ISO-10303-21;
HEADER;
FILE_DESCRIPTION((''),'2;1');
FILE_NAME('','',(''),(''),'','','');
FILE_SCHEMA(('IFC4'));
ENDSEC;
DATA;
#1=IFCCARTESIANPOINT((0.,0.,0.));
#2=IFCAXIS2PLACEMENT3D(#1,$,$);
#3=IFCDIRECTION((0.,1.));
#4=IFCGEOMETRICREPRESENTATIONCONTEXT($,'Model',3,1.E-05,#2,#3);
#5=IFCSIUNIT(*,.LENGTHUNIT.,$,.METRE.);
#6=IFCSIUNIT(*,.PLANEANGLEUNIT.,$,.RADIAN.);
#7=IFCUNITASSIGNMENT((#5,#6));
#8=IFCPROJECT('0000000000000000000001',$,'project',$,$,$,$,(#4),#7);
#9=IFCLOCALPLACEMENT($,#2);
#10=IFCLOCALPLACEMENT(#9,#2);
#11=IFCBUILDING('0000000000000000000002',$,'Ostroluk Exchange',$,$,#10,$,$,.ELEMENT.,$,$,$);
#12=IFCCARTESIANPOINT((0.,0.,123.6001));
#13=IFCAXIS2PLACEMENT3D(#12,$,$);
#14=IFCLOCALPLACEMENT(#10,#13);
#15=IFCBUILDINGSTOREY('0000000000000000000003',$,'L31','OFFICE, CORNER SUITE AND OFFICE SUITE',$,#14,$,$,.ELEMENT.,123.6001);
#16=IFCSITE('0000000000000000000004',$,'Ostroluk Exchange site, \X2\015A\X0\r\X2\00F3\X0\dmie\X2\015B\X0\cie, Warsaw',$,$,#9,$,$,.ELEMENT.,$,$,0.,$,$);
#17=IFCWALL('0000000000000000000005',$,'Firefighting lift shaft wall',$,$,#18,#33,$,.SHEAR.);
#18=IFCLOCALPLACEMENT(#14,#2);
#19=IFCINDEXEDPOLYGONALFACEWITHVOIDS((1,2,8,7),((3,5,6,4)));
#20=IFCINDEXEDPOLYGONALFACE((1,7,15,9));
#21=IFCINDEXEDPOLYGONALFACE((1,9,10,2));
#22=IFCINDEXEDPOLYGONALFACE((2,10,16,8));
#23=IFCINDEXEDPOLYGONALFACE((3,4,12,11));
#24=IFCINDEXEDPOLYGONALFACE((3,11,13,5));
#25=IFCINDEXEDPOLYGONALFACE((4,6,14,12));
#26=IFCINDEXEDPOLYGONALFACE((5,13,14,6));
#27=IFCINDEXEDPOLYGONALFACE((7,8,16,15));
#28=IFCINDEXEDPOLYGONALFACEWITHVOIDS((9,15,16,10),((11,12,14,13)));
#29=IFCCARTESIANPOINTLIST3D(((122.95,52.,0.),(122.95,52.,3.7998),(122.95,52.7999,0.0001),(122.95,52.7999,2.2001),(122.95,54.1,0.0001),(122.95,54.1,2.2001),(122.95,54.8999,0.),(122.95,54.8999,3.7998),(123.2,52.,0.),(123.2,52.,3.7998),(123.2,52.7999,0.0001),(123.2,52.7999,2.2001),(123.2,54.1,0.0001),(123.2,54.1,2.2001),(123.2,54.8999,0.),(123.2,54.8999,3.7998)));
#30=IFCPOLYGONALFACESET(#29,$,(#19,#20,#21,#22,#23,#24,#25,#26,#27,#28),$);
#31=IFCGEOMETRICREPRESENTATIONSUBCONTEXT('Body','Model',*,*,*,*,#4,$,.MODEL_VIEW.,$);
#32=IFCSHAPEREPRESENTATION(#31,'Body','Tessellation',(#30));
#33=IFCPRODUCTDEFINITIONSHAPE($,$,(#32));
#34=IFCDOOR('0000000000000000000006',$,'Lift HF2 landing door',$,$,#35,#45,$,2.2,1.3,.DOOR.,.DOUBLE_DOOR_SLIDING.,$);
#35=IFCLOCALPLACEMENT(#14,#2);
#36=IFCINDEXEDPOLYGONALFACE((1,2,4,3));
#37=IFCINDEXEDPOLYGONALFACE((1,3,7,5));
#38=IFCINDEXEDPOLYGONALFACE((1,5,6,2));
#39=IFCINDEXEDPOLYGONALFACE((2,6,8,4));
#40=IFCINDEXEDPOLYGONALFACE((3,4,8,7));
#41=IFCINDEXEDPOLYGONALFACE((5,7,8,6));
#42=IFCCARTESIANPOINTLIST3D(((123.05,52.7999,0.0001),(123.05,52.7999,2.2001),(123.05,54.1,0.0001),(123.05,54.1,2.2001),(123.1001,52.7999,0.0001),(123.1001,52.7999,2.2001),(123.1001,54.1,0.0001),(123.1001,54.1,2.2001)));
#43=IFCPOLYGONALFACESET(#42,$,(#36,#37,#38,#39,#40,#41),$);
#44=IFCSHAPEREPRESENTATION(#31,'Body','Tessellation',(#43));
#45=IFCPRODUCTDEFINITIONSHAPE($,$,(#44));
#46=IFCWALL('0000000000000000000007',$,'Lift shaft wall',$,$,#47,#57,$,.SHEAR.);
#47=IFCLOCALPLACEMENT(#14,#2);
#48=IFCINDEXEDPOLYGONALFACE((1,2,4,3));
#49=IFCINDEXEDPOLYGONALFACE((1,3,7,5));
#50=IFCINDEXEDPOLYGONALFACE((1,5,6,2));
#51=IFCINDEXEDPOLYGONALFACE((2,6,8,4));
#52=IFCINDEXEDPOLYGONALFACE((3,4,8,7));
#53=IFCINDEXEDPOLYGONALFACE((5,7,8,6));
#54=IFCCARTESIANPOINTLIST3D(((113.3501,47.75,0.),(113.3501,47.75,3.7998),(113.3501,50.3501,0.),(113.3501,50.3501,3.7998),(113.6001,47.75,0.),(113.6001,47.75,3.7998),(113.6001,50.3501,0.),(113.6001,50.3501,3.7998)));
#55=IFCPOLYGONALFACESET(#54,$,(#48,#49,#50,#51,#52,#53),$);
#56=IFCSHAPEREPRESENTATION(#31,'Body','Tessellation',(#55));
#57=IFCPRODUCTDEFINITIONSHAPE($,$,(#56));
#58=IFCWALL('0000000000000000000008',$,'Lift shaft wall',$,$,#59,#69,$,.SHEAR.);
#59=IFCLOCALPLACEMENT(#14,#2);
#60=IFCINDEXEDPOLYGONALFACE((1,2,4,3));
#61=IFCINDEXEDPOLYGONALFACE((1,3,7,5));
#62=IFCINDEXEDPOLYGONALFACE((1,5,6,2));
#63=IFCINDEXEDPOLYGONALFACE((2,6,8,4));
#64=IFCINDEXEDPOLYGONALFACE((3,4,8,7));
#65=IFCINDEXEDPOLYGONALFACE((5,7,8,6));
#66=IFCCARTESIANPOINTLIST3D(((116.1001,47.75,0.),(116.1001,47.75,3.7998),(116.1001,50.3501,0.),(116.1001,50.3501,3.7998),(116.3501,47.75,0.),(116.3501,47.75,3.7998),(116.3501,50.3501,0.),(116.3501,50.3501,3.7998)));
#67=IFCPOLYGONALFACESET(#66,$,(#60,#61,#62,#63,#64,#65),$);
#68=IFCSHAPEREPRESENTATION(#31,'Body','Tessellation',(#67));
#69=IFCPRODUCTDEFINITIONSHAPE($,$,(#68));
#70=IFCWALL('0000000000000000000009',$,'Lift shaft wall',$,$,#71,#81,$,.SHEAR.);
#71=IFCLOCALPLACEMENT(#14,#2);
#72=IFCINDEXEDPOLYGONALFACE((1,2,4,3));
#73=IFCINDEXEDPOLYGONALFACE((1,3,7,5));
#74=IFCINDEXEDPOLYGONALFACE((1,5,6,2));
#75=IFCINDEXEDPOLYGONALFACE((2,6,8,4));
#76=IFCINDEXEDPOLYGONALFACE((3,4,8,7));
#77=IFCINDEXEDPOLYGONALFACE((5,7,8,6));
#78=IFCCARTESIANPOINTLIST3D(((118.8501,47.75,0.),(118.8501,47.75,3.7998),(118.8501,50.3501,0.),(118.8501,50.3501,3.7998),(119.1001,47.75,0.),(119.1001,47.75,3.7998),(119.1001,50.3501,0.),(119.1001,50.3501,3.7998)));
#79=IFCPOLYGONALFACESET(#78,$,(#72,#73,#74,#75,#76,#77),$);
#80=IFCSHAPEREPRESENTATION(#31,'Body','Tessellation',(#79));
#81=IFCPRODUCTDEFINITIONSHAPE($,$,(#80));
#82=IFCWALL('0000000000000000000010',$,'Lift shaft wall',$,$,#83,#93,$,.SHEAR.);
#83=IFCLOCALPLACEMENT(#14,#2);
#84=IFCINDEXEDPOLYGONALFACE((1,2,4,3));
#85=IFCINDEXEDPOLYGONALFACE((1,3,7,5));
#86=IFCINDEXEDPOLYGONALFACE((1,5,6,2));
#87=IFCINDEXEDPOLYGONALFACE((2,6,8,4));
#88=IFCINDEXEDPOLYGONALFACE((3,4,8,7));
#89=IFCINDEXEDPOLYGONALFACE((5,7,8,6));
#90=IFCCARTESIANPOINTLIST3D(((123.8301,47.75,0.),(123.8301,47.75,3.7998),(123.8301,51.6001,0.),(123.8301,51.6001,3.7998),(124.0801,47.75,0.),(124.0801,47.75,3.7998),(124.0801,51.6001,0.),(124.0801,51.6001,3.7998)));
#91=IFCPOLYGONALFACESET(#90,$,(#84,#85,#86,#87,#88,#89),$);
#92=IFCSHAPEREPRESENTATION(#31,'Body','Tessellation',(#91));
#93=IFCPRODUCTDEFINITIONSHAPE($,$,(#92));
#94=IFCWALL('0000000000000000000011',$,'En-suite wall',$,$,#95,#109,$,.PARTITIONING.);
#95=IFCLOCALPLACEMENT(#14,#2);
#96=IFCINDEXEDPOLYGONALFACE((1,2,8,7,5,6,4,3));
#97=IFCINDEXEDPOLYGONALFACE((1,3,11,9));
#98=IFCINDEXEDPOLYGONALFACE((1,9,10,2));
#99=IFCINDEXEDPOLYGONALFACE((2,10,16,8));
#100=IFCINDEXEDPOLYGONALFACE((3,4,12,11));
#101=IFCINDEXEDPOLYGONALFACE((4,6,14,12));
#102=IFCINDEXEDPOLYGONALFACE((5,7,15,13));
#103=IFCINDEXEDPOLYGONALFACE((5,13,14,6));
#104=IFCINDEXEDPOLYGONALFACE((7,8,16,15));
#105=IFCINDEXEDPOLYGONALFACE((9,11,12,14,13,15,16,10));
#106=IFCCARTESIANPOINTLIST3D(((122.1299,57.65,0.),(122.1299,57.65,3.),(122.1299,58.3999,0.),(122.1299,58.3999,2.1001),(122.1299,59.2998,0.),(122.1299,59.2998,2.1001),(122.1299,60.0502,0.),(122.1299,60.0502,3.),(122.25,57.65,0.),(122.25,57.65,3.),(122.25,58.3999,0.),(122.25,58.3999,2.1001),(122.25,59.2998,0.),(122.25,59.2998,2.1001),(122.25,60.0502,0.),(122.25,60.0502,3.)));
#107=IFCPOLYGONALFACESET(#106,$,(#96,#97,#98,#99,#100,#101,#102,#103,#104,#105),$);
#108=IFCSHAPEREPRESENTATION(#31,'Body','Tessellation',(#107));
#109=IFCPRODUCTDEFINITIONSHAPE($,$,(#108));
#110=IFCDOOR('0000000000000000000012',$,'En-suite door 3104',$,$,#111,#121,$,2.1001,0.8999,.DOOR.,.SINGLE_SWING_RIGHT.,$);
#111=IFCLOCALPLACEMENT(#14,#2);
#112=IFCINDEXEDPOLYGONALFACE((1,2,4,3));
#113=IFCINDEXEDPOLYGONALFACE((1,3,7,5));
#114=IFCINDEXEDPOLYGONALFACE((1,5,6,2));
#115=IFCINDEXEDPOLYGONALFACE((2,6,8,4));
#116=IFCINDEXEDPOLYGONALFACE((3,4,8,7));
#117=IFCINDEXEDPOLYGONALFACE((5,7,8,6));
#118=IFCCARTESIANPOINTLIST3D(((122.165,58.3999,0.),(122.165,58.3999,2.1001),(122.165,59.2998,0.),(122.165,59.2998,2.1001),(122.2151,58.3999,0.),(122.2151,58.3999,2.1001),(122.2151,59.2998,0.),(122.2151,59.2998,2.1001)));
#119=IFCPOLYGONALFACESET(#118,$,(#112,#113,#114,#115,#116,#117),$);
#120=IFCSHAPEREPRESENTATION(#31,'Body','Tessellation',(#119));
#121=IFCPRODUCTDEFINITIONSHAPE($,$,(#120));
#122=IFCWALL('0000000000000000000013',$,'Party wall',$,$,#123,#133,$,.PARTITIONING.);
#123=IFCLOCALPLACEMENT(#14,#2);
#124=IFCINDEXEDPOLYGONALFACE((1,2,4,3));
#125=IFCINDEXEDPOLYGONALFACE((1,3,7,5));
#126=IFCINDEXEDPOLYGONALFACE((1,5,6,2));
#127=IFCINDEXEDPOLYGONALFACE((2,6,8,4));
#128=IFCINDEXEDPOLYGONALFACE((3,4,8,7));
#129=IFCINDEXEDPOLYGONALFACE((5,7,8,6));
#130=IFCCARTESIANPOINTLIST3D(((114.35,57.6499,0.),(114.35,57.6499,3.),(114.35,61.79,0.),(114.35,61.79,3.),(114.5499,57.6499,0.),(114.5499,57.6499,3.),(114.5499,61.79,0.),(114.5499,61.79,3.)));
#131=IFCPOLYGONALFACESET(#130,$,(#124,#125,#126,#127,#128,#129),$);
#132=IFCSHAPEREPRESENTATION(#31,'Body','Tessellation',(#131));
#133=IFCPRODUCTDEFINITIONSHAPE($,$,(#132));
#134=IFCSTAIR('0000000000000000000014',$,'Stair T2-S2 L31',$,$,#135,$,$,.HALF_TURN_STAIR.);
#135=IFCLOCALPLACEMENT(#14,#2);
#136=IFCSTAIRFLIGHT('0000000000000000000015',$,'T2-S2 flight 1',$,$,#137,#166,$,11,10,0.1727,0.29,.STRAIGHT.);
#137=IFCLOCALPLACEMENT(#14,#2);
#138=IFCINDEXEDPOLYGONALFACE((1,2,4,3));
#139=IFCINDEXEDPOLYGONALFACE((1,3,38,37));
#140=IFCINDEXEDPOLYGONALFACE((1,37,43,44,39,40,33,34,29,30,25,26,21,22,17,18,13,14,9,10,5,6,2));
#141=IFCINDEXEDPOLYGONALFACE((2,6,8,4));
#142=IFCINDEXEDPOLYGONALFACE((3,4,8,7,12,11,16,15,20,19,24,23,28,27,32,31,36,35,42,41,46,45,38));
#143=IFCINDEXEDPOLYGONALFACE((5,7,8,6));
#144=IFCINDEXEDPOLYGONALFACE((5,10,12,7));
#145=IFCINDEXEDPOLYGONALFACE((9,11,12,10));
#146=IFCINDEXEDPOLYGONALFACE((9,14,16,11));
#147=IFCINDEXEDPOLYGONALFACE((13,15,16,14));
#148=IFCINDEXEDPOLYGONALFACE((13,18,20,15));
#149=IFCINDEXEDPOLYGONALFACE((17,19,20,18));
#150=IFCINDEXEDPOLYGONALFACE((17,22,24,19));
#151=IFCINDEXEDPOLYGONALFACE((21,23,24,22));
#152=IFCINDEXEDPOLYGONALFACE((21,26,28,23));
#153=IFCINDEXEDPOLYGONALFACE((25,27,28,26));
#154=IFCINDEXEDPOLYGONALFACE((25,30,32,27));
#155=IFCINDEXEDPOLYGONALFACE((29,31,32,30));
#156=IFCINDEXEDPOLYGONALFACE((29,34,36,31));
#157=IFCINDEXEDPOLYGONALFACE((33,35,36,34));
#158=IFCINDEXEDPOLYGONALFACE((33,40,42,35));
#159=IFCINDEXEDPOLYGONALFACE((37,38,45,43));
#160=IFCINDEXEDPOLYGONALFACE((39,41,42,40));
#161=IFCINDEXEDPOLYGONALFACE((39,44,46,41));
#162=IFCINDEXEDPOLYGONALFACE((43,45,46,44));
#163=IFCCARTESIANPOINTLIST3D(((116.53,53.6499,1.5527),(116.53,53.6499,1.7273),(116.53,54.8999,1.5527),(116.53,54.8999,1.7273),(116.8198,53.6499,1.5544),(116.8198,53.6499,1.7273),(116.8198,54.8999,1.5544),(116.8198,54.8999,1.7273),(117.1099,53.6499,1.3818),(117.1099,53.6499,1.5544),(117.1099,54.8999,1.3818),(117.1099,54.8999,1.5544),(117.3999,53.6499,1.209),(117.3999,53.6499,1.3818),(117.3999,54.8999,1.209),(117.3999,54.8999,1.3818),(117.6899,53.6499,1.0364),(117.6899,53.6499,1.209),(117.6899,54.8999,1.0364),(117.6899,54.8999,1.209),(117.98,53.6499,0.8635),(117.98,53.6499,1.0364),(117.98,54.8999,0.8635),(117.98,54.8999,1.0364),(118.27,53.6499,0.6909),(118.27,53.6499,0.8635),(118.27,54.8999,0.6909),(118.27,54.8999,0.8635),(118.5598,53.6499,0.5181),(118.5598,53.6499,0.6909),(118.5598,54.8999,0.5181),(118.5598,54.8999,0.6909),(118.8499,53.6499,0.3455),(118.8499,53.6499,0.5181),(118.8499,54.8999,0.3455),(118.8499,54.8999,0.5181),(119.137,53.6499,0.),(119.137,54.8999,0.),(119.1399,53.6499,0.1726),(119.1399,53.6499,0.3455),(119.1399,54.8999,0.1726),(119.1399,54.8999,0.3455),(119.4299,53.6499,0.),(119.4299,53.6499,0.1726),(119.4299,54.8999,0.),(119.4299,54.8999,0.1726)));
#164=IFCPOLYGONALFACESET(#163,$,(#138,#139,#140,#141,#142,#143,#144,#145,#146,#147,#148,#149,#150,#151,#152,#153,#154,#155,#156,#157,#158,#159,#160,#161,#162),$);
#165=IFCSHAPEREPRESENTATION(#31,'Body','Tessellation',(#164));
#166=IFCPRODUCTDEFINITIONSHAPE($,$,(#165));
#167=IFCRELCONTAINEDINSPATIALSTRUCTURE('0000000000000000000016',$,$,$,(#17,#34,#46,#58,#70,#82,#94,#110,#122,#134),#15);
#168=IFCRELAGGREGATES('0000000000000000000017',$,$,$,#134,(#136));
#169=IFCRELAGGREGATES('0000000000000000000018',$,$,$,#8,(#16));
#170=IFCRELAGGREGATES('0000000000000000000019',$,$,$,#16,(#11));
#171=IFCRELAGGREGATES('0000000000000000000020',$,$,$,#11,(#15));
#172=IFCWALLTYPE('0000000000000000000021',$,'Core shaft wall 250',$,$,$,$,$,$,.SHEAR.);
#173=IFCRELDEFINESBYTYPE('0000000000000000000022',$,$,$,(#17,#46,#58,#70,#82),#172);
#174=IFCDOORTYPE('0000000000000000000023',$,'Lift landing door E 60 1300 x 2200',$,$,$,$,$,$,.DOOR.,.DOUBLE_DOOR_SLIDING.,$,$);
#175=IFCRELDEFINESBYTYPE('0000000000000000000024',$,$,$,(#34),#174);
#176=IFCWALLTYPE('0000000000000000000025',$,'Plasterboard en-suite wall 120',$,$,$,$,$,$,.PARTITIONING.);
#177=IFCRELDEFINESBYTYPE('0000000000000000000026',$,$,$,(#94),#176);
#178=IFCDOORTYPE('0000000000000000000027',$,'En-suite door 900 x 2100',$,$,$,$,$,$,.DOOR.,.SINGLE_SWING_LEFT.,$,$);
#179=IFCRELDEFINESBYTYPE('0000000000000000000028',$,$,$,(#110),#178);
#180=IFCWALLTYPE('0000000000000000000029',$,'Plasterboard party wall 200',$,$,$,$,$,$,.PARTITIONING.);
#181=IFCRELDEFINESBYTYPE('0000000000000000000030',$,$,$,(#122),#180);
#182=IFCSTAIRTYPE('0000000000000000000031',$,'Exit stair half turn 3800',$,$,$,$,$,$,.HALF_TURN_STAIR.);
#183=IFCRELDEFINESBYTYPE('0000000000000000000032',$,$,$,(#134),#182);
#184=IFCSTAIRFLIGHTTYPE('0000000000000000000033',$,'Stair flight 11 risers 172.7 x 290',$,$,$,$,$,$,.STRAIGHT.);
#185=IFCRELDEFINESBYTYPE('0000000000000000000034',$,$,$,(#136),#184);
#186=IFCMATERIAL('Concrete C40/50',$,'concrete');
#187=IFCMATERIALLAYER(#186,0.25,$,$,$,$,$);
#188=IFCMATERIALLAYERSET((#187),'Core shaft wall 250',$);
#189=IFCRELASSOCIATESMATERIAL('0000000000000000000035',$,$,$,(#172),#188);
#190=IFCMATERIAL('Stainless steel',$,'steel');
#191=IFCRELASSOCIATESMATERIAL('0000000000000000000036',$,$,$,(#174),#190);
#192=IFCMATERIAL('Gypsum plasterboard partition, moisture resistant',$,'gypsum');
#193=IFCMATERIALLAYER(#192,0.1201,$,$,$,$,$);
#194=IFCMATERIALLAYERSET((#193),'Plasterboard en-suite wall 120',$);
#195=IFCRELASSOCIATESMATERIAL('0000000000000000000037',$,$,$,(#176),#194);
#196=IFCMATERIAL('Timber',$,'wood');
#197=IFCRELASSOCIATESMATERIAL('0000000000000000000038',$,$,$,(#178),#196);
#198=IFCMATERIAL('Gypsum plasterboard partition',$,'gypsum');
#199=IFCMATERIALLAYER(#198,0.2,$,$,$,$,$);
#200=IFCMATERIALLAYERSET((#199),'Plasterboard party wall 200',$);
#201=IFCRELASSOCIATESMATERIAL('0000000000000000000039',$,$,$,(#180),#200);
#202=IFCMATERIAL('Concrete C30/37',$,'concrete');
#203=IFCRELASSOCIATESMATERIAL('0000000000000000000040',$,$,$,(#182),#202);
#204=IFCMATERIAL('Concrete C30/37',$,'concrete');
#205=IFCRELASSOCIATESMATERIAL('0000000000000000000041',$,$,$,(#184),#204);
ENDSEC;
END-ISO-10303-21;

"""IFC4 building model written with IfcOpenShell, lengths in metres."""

from ifc_helpers import new_model, si_unit, direction, frame, frame_2d, origin, place, context, subcontext, project, spatial, polyline, rectangle, outline, extrude, material, layer, layer_set, type_object, element, fill, aggregate, save


model = new_model("IFC4")

# Units and contexts
model_context = context("Model", 3, precision=1e-05, world=origin(), true_north=direction((0.0, 1.0)))
body_context = subcontext(model_context, "Body", "Model", "MODEL_VIEW")
ifc_project = project(units=[si_unit("LENGTHUNIT", "METRE"), si_unit("PLANEANGLEUNIT", "RADIAN")], contexts=[model_context])

# Site, building, storey
site_placement = place(None, origin())
site = spatial("IfcSite", under=ifc_project, at=site_placement, Name="Ostroluk Exchange site, Śródmieście, Warsaw", CompositionType="ELEMENT", RefElevation=0.0)
building_placement = place(site_placement, origin())
building = spatial("IfcBuilding", under=site, at=building_placement, Name="Ostroluk Exchange", CompositionType="ELEMENT")
storey_placement = place(building_placement, frame((0.0, 0.0, 123.6001)))
storey = spatial("IfcBuildingStorey", under=building, at=storey_placement, Name="L31", Description="OFFICE, CORNER SUITE AND OFFICE SUITE", CompositionType="ELEMENT", Elevation=123.6001)

# Shared definitions
ifc_material_1 = material(Name="Concrete C40/50", Category="concrete")
ifc_layer_1 = layer(ifc_material_1, 0.25)
ifc_layer_set_1 = layer_set([ifc_layer_1], Name="Core shaft wall 250")
wall_type_1 = type_object("IfcWallType", Name="Core shaft wall 250", PredefinedType="SHEAR", material=ifc_layer_set_1)

# Wall, opening, door
wall_1_placement = place(storey_placement, frame((123.075, 52.0, 0.0), z_axis=(0.0, 0.0, 1.0), x_axis=(0.0, 1.0, 0.0)))
wall_1 = element("IfcWall", 1, at=wall_1_placement, inside=storey, type_object=wall_type_1, Name="Firefighting lift shaft wall", PredefinedType="SHEAR", context=body_context, shape_type="SweptSolid", body=[
    extrude(rectangle(XDim=2.8999, YDim=0.25, at=frame_2d((1.45, 0.0))), origin(), (0.0, 0.0, 1.0), 3.7998),
])
opening_1_placement = place(wall_1_placement, frame((0.8, 0.0, 0.0)))
opening_1 = element("IfcOpeningElement", 2, at=opening_1_placement, cuts=wall_1, PredefinedType="OPENING", context=body_context, shape_type="SweptSolid", body=[
    extrude(rectangle(XDim=1.3, YDim=2.2, at=frame_2d((0.6499, 1.1001))), frame((0.0, 0.135, 0.0), z_axis=(0.0, -1.0, 0.0), x_axis=(1.0, 0.0, 0.0)), (0.0, 0.0, 1.0), 0.27),
])
ifc_material_2 = material(Name="Stainless steel", Category="steel")
door_type_1 = type_object("IfcDoorType", Name="Lift landing door E 60 1300 x 2200", OperationType="DOUBLE_DOOR_SLIDING", PredefinedType="DOOR", material=ifc_material_2)
door_1_placement = place(opening_1_placement, origin())
door_1 = element("IfcDoor", 3, at=door_1_placement, inside=storey, type_object=door_type_1, Name="Lift HF2 landing door", OperationType="DOUBLE_DOOR_SLIDING", OverallHeight=2.2, OverallWidth=1.3, PredefinedType="DOOR", context=body_context, shape_type="SweptSolid", body=[
    extrude(rectangle(XDim=1.3, YDim=2.2, at=frame_2d((0.6499, 1.1001))), frame((0.0, 0.0249, 0.0), z_axis=(0.0, -1.0, 0.0), x_axis=(1.0, 0.0, 0.0)), (0.0, 0.0, 1.0), 0.05),
])
fill(opening_1, door_1)

# Walls
for number, where, z_axis, x_axis, name in (
    (4, (113.4751, 47.75, 0.0), (0.0, 0.0, 1.0), (0.0, 1.0, 0.0), "Lift shaft wall"),
    (5, (116.2251, 47.75, 0.0), (0.0, 0.0, 1.0), (0.0, 1.0, 0.0), "Lift shaft wall"),
    (6, (118.9751, 47.75, 0.0), (0.0, 0.0, 1.0), (0.0, 1.0, 0.0), "Lift shaft wall"),
):
    element("IfcWall", number, at=place(storey_placement, frame(where, z_axis=z_axis, x_axis=x_axis)), inside=storey, type_object=wall_type_1, Name=name, PredefinedType="SHEAR", context=body_context, shape_type="SweptSolid", body=[
        extrude(rectangle(XDim=2.6001, YDim=0.25, at=frame_2d((1.3, 0.0))), origin(), (0.0, 0.0, 1.0), 3.7998),
    ])
wall_2_placement = place(storey_placement, frame((123.9551, 47.75, 0.0), z_axis=(0.0, 0.0, 1.0), x_axis=(0.0, 1.0, 0.0)))
element("IfcWall", 7, at=wall_2_placement, inside=storey, type_object=wall_type_1, Name="Lift shaft wall", PredefinedType="SHEAR", context=body_context, shape_type="SweptSolid", body=[
    extrude(rectangle(XDim=3.8501, YDim=0.25, at=frame_2d((1.925, 0.0))), origin(), (0.0, 0.0, 1.0), 3.7998),
])

# Wall, opening, door
ifc_material_3 = material(Name="Gypsum plasterboard partition, moisture resistant", Category="gypsum")
ifc_layer_2 = layer(ifc_material_3, 0.1201)
ifc_layer_set_2 = layer_set([ifc_layer_2], Name="Plasterboard en-suite wall 120")
wall_type_2 = type_object("IfcWallType", Name="Plasterboard en-suite wall 120", PredefinedType="PARTITIONING", material=ifc_layer_set_2)
wall_3_placement = place(storey_placement, frame((122.1899, 57.6499, 0.0), z_axis=(0.0, 0.0, 1.0), x_axis=(0.0, 1.0, 0.0)))
wall_3 = element("IfcWall", 8, at=wall_3_placement, inside=storey, type_object=wall_type_2, Name="En-suite wall", PredefinedType="PARTITIONING", context=body_context, shape_type="SweptSolid", body=[
    extrude(rectangle(XDim=2.4001, YDim=0.1201, at=frame_2d((1.2002, 0.0))), origin(), (0.0, 0.0, 1.0), 3.0),
])
opening_2_placement = place(wall_3_placement, frame((0.75, 0.0, 0.0)))
opening_2 = element("IfcOpeningElement", 9, at=opening_2_placement, cuts=wall_3, PredefinedType="OPENING", context=body_context, shape_type="SweptSolid", body=[
    extrude(rectangle(XDim=0.8999, YDim=2.1001, at=frame_2d((0.45, 1.05))), frame((0.0, 0.0701, 0.0), z_axis=(0.0, -1.0, 0.0), x_axis=(1.0, 0.0, 0.0)), (0.0, 0.0, 1.0), 0.1401),
])
ifc_material_4 = material(Name="Timber", Category="wood")
door_type_2 = type_object("IfcDoorType", Name="En-suite door 900 x 2100", OperationType="SINGLE_SWING_LEFT", PredefinedType="DOOR", material=ifc_material_4)
door_2_placement = place(opening_2_placement, origin())
door_2 = element("IfcDoor", 10, at=door_2_placement, inside=storey, type_object=door_type_2, Name="En-suite door 3104", OperationType="SINGLE_SWING_RIGHT", OverallHeight=2.1001, OverallWidth=0.8999, PredefinedType="DOOR", context=body_context, shape_type="SweptSolid", body=[
    extrude(rectangle(XDim=0.8999, YDim=2.1001, at=frame_2d((0.45, 1.05))), frame((0.0, 0.0249, 0.0), z_axis=(0.0, -1.0, 0.0), x_axis=(1.0, 0.0, 0.0)), (0.0, 0.0, 1.0), 0.05),
])
fill(opening_2, door_2)

# Wall
ifc_material_5 = material(Name="Gypsum plasterboard partition", Category="gypsum")
ifc_layer_3 = layer(ifc_material_5, 0.2)
ifc_layer_set_3 = layer_set([ifc_layer_3], Name="Plasterboard party wall 200")
wall_type_3 = type_object("IfcWallType", Name="Plasterboard party wall 200", PredefinedType="PARTITIONING", material=ifc_layer_set_3)
wall_4_placement = place(storey_placement, frame((114.45, 57.6499, 0.0), z_axis=(0.0, 0.0, 1.0), x_axis=(0.0, 1.0, 0.0)))
element("IfcWall", 11, at=wall_4_placement, inside=storey, type_object=wall_type_3, Name="Party wall", PredefinedType="PARTITIONING", context=body_context, shape_type="SweptSolid", body=[
    extrude(rectangle(XDim=4.1401, YDim=0.2, at=frame_2d((2.0701, 0.0))), origin(), (0.0, 0.0, 1.0), 3.0),
])

# Stair, stair flight
ifc_material_6 = material(Name="Concrete C30/37", Category="concrete")
stair_type = type_object("IfcStairType", Name="Exit stair half turn 3800", PredefinedType="HALF_TURN_STAIR", material=ifc_material_6)
stair_placement = place(storey_placement, origin())
stair = element("IfcStair", 12, at=stair_placement, inside=storey, type_object=stair_type, Name="Stair T2-S2 L31", PredefinedType="HALF_TURN_STAIR")
ifc_material_7 = material(Name="Concrete C30/37", Category="concrete")
stair_flight_type = type_object("IfcStairFlightType", Name="Stair flight 11 risers 172.7 x 290", PredefinedType="STRAIGHT", material=ifc_material_7)
stair_flight_1_placement = place(storey_placement, frame((119.4299, 54.2749, 0.0), z_axis=(0.0, 0.0, 1.0), x_axis=(-1.0, 0.0, 0.0)))
stair_flight_1 = element("IfcStairFlight", 13, at=stair_flight_1_placement, type_object=stair_flight_type, Name="T2-S2 flight 1", NumberOfRisers=11, NumberOfTreads=10, PredefinedType="STRAIGHT", RiserHeight=0.1727, TreadLength=0.29, context=body_context, shape_type="SweptSolid", body=[
    extrude(outline(polyline([(0.0, 0.0), (0.0, 0.1726), (0.29, 0.1726), (0.29, 0.3455), (0.5801, 0.3455), (0.5801, 0.5181), (0.8701, 0.5181), (0.8701, 0.6909), (1.1599, 0.6909), (1.1599, 0.8635), (1.45, 0.8635), (1.45, 1.0364), (1.74, 1.0364), (1.74, 1.209), (2.03, 1.209), (2.03, 1.3818), (2.3201, 1.3818), (2.3201, 1.5544), (2.6101, 1.5544), (2.6101, 1.7273), (2.8999, 1.7273), (2.8999, 1.8999), (2.8999, 1.5527), (0.293, 0.0), (0.0, 0.0)])), frame((0.0, 0.625, 0.0), z_axis=(0.0, -1.0, 0.0), x_axis=(1.0, 0.0, 0.0)), (0.0, 0.0, 1.0), 1.25),
])
aggregate(stair, [stair_flight_1])

save(model, "model.ifc")
